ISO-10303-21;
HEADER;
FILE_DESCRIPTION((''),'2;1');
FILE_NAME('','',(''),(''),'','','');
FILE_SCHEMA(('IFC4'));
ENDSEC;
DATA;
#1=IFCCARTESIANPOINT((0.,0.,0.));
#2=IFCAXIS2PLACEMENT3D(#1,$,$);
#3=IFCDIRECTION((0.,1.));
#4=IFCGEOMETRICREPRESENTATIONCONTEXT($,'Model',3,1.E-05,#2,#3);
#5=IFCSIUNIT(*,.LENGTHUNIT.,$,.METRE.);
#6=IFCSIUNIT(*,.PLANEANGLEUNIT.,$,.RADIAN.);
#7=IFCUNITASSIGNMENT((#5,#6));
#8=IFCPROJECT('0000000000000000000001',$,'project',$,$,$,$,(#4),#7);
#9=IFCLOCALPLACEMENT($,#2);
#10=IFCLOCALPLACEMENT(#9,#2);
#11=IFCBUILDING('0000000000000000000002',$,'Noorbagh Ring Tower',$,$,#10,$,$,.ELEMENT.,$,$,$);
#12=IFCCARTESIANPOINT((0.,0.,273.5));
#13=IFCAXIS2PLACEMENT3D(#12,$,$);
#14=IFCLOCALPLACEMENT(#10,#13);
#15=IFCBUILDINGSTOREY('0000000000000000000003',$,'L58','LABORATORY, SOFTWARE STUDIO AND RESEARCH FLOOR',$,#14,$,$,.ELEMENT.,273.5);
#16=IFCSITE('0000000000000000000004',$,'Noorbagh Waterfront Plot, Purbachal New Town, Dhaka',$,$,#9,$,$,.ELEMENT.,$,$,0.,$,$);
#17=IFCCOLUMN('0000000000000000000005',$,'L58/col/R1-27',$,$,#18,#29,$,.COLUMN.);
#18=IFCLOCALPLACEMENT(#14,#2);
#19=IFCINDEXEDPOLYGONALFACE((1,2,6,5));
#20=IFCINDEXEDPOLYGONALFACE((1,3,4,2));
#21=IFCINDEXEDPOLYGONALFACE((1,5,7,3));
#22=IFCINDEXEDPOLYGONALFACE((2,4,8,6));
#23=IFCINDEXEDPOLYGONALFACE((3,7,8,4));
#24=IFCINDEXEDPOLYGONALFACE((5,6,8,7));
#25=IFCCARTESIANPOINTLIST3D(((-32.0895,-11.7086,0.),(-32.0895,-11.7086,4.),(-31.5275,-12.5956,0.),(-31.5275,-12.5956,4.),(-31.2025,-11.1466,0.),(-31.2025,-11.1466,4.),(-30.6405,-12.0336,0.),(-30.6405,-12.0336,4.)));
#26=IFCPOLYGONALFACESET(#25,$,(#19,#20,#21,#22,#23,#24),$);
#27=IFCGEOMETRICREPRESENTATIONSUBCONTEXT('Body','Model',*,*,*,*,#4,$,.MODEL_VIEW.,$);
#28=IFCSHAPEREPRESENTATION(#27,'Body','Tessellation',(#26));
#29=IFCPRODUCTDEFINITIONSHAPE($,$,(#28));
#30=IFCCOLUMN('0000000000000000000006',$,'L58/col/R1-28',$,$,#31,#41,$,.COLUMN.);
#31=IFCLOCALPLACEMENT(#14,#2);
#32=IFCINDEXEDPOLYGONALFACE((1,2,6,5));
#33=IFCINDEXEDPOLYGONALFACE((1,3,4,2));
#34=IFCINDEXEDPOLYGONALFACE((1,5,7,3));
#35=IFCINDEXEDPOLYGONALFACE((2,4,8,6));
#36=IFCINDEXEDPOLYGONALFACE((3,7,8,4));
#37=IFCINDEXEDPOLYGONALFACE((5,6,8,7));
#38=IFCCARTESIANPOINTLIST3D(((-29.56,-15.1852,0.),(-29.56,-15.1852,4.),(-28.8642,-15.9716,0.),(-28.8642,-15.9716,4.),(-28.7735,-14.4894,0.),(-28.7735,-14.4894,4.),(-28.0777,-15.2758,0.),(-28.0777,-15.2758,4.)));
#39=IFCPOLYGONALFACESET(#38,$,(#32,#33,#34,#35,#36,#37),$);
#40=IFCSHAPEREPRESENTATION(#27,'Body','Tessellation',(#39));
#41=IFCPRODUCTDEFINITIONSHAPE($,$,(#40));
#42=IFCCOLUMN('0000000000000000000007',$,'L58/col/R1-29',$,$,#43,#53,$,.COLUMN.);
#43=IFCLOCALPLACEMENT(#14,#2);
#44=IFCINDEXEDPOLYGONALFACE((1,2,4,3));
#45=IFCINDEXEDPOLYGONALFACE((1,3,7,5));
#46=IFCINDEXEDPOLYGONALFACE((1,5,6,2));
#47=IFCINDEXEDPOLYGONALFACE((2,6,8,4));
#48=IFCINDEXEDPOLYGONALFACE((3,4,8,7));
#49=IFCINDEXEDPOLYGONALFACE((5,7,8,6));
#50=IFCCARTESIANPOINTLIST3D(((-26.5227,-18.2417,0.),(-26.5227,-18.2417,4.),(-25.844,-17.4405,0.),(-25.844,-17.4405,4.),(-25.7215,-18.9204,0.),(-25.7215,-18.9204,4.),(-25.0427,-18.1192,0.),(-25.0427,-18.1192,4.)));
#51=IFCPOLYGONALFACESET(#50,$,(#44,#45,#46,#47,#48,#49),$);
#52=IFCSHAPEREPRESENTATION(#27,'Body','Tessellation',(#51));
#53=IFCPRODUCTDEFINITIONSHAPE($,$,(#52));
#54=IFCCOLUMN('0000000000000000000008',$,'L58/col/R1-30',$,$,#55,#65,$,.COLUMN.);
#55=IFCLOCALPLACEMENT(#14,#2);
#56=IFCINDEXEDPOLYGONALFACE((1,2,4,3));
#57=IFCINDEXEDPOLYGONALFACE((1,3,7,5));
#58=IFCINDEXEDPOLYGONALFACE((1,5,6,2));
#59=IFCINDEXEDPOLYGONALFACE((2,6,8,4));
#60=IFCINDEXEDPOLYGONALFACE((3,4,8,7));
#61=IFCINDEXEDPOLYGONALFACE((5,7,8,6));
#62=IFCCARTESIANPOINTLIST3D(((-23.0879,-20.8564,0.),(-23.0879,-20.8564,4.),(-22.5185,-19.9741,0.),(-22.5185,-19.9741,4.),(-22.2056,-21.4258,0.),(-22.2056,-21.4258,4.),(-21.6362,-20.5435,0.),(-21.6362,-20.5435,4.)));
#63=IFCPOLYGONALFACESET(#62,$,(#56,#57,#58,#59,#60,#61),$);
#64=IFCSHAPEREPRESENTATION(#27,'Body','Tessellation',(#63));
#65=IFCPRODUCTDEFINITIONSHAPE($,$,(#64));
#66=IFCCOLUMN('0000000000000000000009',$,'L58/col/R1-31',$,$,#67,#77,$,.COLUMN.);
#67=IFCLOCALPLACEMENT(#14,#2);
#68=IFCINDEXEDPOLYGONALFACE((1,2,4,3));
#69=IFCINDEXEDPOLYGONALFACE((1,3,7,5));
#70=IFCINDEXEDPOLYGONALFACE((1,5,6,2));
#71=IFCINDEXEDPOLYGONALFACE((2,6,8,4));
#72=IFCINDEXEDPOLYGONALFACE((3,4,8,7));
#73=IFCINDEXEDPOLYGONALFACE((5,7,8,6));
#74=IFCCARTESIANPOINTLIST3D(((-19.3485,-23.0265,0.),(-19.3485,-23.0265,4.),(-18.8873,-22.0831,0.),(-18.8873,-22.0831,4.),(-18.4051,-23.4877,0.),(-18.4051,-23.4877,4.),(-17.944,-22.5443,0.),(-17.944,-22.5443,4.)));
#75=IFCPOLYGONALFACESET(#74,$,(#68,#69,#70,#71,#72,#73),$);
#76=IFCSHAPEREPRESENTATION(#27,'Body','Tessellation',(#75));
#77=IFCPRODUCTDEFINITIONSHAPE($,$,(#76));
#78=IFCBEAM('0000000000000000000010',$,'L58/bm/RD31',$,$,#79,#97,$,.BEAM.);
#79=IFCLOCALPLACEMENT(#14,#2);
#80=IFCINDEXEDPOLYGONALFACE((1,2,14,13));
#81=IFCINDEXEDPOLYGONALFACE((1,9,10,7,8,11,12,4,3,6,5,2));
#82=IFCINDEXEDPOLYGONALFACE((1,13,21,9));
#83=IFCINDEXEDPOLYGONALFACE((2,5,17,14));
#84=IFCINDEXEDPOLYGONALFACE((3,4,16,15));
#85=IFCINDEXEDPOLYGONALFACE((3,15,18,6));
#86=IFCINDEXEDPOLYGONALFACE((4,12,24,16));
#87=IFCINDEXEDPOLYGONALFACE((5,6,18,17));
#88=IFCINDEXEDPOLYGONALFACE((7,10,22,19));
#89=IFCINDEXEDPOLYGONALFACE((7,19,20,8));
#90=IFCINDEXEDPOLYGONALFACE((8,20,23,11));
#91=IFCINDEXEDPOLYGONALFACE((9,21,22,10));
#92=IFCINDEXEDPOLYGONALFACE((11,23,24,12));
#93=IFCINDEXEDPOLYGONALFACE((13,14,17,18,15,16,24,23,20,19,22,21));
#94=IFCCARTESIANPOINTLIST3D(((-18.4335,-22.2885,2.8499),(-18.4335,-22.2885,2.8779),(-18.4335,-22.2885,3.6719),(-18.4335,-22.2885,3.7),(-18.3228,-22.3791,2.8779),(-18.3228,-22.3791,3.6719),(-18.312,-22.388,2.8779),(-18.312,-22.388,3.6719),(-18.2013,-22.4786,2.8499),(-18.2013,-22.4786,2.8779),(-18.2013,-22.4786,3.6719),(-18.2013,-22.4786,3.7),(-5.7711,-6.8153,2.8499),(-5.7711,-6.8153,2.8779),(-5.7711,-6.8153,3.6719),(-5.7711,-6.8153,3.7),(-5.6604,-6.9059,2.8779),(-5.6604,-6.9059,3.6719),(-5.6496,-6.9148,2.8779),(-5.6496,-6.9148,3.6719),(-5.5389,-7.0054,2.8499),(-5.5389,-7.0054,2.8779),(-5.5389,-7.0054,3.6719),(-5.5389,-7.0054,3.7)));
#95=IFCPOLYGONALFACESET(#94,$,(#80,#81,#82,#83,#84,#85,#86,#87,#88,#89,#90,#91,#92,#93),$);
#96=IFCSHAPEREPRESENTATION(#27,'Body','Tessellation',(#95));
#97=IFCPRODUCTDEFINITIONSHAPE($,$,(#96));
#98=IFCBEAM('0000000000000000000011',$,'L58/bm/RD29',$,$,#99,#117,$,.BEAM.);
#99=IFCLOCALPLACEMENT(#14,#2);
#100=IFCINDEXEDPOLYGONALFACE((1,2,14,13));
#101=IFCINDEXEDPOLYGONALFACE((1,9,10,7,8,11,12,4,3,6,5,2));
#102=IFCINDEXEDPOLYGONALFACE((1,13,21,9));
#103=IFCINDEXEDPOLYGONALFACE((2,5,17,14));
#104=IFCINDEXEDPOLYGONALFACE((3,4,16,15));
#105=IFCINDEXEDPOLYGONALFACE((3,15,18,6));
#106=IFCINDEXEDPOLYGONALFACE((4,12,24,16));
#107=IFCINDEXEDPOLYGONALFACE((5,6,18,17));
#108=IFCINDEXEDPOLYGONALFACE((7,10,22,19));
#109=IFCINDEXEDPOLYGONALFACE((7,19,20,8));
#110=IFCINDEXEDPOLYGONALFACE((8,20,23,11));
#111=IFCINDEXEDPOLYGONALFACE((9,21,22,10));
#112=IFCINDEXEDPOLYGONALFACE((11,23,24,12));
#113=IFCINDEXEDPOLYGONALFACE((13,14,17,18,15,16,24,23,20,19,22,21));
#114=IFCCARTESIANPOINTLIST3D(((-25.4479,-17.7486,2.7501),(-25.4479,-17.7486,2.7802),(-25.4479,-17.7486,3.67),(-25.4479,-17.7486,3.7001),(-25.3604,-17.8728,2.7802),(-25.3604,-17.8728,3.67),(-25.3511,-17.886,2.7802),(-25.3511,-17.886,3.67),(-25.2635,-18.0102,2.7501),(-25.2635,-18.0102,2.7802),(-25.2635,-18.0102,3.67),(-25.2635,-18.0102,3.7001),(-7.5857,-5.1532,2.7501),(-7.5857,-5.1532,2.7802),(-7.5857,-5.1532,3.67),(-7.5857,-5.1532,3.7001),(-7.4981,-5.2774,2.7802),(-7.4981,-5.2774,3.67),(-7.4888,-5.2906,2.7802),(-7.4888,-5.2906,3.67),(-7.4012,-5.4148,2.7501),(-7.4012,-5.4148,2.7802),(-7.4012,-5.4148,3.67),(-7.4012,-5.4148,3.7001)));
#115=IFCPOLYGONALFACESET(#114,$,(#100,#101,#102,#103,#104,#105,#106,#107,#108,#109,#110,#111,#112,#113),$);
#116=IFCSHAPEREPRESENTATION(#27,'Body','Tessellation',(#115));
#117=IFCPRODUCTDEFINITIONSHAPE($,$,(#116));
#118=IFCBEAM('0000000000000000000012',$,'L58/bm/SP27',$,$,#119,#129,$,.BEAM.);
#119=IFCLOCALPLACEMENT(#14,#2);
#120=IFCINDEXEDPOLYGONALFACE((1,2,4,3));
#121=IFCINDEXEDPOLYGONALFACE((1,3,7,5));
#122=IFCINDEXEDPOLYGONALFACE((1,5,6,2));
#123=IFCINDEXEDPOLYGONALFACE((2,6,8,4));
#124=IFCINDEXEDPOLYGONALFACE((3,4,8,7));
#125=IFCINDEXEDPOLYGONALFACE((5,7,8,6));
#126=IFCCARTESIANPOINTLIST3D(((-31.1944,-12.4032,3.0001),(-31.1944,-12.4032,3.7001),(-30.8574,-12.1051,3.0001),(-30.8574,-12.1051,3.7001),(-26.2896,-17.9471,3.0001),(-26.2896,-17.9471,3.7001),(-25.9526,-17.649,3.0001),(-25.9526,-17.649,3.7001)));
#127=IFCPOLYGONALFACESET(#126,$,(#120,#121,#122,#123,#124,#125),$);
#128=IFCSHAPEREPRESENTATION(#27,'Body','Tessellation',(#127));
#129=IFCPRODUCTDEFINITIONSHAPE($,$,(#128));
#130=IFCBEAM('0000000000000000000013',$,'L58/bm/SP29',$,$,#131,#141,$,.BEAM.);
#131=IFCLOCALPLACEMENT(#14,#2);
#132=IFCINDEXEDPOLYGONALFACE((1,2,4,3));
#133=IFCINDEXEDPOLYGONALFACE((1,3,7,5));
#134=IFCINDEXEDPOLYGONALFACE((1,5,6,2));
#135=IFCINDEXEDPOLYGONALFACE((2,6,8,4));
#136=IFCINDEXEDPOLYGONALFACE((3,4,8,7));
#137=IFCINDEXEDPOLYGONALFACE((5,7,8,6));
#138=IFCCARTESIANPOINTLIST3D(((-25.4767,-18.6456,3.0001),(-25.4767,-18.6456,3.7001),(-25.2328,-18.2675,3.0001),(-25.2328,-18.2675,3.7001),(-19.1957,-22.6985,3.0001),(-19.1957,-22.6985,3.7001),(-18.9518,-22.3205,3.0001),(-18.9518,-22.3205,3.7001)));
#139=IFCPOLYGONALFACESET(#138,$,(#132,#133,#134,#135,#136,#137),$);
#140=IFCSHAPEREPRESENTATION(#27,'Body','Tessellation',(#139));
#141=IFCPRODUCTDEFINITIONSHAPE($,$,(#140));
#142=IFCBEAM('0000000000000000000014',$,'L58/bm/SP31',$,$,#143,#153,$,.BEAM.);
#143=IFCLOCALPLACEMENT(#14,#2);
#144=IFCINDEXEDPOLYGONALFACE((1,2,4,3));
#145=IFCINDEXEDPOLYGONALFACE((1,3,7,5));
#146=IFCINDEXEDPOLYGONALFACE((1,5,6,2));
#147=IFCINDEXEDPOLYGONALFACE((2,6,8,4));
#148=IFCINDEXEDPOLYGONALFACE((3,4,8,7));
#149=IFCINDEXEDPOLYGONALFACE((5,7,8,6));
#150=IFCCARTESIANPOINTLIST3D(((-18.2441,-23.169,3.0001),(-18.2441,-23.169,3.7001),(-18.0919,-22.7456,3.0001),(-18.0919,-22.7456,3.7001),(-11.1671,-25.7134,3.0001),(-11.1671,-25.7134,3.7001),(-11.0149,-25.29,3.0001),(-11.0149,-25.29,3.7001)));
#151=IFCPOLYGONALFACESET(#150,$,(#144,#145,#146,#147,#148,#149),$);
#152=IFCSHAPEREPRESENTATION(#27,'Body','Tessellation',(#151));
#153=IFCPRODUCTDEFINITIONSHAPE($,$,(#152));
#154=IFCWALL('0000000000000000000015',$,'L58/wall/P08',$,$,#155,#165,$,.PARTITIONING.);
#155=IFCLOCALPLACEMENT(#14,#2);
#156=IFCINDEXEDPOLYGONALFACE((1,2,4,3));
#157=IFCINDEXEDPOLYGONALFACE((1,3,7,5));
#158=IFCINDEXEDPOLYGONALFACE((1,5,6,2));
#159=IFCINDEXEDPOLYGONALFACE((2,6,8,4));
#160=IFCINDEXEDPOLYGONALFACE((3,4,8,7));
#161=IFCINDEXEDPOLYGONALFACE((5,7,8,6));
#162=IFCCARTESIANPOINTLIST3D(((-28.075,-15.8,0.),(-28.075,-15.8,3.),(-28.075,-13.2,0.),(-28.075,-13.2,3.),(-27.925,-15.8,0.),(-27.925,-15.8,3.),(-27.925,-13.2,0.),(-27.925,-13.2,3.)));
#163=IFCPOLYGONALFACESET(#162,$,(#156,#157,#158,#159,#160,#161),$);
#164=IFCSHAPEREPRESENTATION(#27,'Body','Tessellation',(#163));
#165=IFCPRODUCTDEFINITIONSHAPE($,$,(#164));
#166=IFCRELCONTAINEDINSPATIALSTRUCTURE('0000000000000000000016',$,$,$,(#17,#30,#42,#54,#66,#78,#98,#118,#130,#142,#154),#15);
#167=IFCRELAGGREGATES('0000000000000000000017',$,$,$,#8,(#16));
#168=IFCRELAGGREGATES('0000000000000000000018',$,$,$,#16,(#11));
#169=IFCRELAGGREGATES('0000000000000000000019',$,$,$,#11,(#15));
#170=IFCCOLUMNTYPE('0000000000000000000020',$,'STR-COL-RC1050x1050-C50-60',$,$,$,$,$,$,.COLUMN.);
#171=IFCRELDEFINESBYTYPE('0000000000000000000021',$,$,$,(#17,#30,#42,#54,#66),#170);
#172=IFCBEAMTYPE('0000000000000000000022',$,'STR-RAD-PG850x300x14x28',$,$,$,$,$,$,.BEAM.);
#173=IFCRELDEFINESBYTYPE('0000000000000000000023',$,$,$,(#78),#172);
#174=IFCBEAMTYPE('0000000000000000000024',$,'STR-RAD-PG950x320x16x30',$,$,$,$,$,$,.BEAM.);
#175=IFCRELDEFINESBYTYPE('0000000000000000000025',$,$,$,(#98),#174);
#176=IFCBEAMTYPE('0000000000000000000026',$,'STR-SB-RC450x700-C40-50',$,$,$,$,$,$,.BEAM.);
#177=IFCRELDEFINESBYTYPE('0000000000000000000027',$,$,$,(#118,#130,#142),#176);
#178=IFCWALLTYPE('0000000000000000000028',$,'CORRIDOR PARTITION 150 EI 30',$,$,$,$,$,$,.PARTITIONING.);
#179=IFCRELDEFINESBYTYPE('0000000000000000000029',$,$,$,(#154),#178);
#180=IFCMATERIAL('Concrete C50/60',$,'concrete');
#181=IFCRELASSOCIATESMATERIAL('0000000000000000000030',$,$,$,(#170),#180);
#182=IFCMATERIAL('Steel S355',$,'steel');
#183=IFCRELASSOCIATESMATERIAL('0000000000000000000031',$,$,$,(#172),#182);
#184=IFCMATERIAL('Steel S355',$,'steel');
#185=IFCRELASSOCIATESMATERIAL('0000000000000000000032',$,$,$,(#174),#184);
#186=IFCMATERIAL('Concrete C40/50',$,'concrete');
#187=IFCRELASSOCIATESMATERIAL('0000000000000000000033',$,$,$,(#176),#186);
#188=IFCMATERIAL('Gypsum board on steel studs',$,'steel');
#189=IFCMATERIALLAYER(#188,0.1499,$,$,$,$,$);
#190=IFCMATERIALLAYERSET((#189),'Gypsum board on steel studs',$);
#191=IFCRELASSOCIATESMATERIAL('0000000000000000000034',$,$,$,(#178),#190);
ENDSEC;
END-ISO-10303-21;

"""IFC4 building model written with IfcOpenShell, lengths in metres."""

from ifc_helpers import new_model, si_unit, direction, frame, frame_2d, origin, origin_2d, place, context, subcontext, project, spatial, rectangle, i_section, extrude, material, layer, layer_set, material_profile, profile_set, type_object, element, save


model = new_model("IFC4")

# Units and contexts
model_context = context("Model", 3, precision=1e-05, world=origin(), true_north=direction((0.0, 1.0)))
body_context = subcontext(model_context, "Body", "Model", "MODEL_VIEW")
ifc_project = project(units=[si_unit("LENGTHUNIT", "METRE"), si_unit("PLANEANGLEUNIT", "RADIAN")], contexts=[model_context])

# Site, building, storey
site_placement = place(None, origin())
site = spatial("IfcSite", under=ifc_project, at=site_placement, Name="Noorbagh Waterfront Plot, Purbachal New Town, Dhaka", CompositionType="ELEMENT", RefElevation=0.0)
building_placement = place(site_placement, origin())
building = spatial("IfcBuilding", under=site, at=building_placement, Name="Noorbagh Ring Tower", CompositionType="ELEMENT")
storey_placement = place(building_placement, frame((0.0, 0.0, 273.5)))
storey = spatial("IfcBuildingStorey", under=building, at=storey_placement, Name="L58", Description="LABORATORY, SOFTWARE STUDIO AND RESEARCH FLOOR", CompositionType="ELEMENT", Elevation=273.5)

# Columns
ifc_material_1 = material(Name="Concrete C50/60", Category="concrete")
ifc_material_profile_1 = material_profile(ifc_material_1, rectangle(XDim=1.05, YDim=1.05, at=origin_2d()), Name="RC1050x1050")
ifc_profile_set_1 = profile_set([ifc_material_profile_1], Name="Concrete C50/60")
column_type = type_object("IfcColumnType", Name="STR-COL-RC1050x1050-C50-60", PredefinedType="COLUMN", material=ifc_profile_set_1)
for number, where, z_axis, x_axis, name in (
    (1, (-31.365, -11.8711, 0.0), (0.0, 0.0, 1.0), (0.53519, -0.844731, 0.0), "L58/col/R1-27"),
    (2, (-28.8188, -15.2305, 0.0), (0.0, 0.0, 1.0), (0.662636, -0.748942, 0.0), "L58/col/R1-28"),
    (3, (-25.7827, -18.1804, 0.0), (0.0, 0.0, 1.0), (0.763035, -0.646357, 0.0), "L58/col/R1-29"),
    (4, (-22.3621, -20.7, 0.0), (0.0, 0.0, 1.0), (0.840248, -0.542203, 0.0), "L58/col/R1-30"),
    (5, (-18.6462, -22.7854, 0.0), (0.0, 0.0, 1.0), (0.898399, -0.43918, 0.0), "L58/col/R1-31"),
):
    element("IfcColumn", number, at=place(storey_placement, frame(where, z_axis=z_axis, x_axis=x_axis)), inside=storey, type_object=column_type, Name=name, PredefinedType="COLUMN", context=body_context, shape_type="SweptSolid", body=[
        extrude(rectangle(XDim=1.05, YDim=1.05, at=origin_2d()), origin(), (0.0, 0.0, 1.0), 4.0),
    ])

# Beams
ifc_material_2 = material(Name="Steel S355", Category="steel")
ifc_material_profile_2 = material_profile(ifc_material_2, i_section(OverallWidth=0.3, OverallDepth=0.8501, WebThickness=0.0139, FlangeThickness=0.0281, at=origin_2d()), Name="PG850x300x14x28")
ifc_profile_set_2 = profile_set([ifc_material_profile_2], Name="Steel S355")
beam_type_1 = type_object("IfcBeamType", Name="STR-RAD-PG850x300x14x28", PredefinedType="BEAM", material=ifc_profile_set_2)
beam_1_placement = place(storey_placement, frame((-18.3174, -22.3835, 3.2749), z_axis=(0.633313, 0.773896, 0.0), x_axis=(-0.773896, 0.633313, 0.0)))
element("IfcBeam", 6, at=beam_1_placement, inside=storey, type_object=beam_type_1, Name="L58/bm/RD31", PredefinedType="BEAM", context=body_context, shape_type="SweptSolid", body=[
    extrude(i_section(OverallWidth=0.3, OverallDepth=0.8501, WebThickness=0.0139, FlangeThickness=0.0281, at=origin_2d()), origin(), (0.0, 0.0, 1.0), 19.9939),
])
ifc_material_3 = material(Name="Steel S355", Category="steel")
ifc_material_profile_3 = material_profile(ifc_material_3, i_section(OverallWidth=0.3201, OverallDepth=0.95, WebThickness=0.0161, FlangeThickness=0.03, at=origin_2d()), Name="PG950x320x16x30")
ifc_profile_set_3 = profile_set([ifc_material_profile_3], Name="Steel S355")
beam_type_2 = type_object("IfcBeamType", Name="STR-RAD-PG950x320x16x30", PredefinedType="BEAM", material=ifc_profile_set_3)
beam_2_placement = place(storey_placement, frame((-25.3557, -17.8794, 3.2251), z_axis=(0.817253, 0.576279, 0.0), x_axis=(-0.576279, 0.817253, 0.0)))
element("IfcBeam", 7, at=beam_2_placement, inside=storey, type_object=beam_type_2, Name="L58/bm/RD29", PredefinedType="BEAM", context=body_context, shape_type="SweptSolid", body=[
    extrude(i_section(OverallWidth=0.3201, OverallDepth=0.95, WebThickness=0.0161, FlangeThickness=0.03, at=origin_2d()), origin(), (0.0, 0.0, 1.0), 21.8564),
])
ifc_material_4 = material(Name="Concrete C40/50", Category="concrete")
ifc_material_profile_4 = material_profile(ifc_material_4, rectangle(XDim=0.45, YDim=0.7, at=origin_2d()), Name="RC450x700")
ifc_profile_set_4 = profile_set([ifc_material_profile_4], Name="Concrete C40/50")
beam_type_3 = type_object("IfcBeamType", Name="STR-SB-RC450x700-C40-50", PredefinedType="BEAM", material=ifc_profile_set_4)
beam_3_placement = place(storey_placement, frame((-31.0259, -12.2542, 3.3501), z_axis=(0.662614, -0.748961, 0.0), x_axis=(0.748961, 0.662614, 0.0)))
element("IfcBeam", 8, at=beam_3_placement, inside=storey, type_object=beam_type_3, Name="L58/bm/SP27", PredefinedType="BEAM", context=body_context, shape_type="SweptSolid", body=[
    extrude(rectangle(XDim=0.45, YDim=0.7, at=origin_2d()), origin(), (0.0, 0.0, 1.0), 7.4021),
])
beam_4_placement = place(storey_placement, frame((-25.3547, -18.4565, 3.3501), z_axis=(0.840253, -0.542195, 0.0), x_axis=(0.542195, 0.840253, 0.0)))
element("IfcBeam", 9, at=beam_4_placement, inside=storey, type_object=beam_type_3, Name="L58/bm/SP29", PredefinedType="BEAM", context=body_context, shape_type="SweptSolid", body=[
    extrude(rectangle(XDim=0.45, YDim=0.7, at=origin_2d()), origin(), (0.0, 0.0, 1.0), 7.4751),
])
beam_5_placement = place(storey_placement, frame((-18.168, -22.9573, 3.3501), z_axis=(0.941025, -0.338337, 0.0), x_axis=(0.338337, 0.941025, 0.0)))
element("IfcBeam", 10, at=beam_5_placement, inside=storey, type_object=beam_type_3, Name="L58/bm/SP31", PredefinedType="BEAM", context=body_context, shape_type="SweptSolid", body=[
    extrude(rectangle(XDim=0.45, YDim=0.7, at=origin_2d()), origin(), (0.0, 0.0, 1.0), 7.5205),
])

# Wall
ifc_material_5 = material(Name="Gypsum board on steel studs", Category="steel")
ifc_layer_1 = layer(ifc_material_5, 0.1499)
ifc_layer_set_1 = layer_set([ifc_layer_1], Name="Gypsum board on steel studs")
wall_type_1 = type_object("IfcWallType", Name="CORRIDOR PARTITION 150 EI 30", PredefinedType="PARTITIONING", material=ifc_layer_set_1)
wall_1_placement = place(storey_placement, frame((-28.0, -15.8, 0.0), z_axis=(0.0, 0.0, 1.0), x_axis=(0.0, 1.0, 0.0)))
element("IfcWall", 11, at=wall_1_placement, inside=storey, type_object=wall_type_1, Name="L58/wall/P08", PredefinedType="PARTITIONING", context=body_context, shape_type="SweptSolid", body=[
    extrude(rectangle(XDim=2.6001, YDim=0.1499, at=frame_2d((1.3, 0.0))), origin(), (0.0, 0.0, 1.0), 3.0),
])

save(model, "model.ifc")
